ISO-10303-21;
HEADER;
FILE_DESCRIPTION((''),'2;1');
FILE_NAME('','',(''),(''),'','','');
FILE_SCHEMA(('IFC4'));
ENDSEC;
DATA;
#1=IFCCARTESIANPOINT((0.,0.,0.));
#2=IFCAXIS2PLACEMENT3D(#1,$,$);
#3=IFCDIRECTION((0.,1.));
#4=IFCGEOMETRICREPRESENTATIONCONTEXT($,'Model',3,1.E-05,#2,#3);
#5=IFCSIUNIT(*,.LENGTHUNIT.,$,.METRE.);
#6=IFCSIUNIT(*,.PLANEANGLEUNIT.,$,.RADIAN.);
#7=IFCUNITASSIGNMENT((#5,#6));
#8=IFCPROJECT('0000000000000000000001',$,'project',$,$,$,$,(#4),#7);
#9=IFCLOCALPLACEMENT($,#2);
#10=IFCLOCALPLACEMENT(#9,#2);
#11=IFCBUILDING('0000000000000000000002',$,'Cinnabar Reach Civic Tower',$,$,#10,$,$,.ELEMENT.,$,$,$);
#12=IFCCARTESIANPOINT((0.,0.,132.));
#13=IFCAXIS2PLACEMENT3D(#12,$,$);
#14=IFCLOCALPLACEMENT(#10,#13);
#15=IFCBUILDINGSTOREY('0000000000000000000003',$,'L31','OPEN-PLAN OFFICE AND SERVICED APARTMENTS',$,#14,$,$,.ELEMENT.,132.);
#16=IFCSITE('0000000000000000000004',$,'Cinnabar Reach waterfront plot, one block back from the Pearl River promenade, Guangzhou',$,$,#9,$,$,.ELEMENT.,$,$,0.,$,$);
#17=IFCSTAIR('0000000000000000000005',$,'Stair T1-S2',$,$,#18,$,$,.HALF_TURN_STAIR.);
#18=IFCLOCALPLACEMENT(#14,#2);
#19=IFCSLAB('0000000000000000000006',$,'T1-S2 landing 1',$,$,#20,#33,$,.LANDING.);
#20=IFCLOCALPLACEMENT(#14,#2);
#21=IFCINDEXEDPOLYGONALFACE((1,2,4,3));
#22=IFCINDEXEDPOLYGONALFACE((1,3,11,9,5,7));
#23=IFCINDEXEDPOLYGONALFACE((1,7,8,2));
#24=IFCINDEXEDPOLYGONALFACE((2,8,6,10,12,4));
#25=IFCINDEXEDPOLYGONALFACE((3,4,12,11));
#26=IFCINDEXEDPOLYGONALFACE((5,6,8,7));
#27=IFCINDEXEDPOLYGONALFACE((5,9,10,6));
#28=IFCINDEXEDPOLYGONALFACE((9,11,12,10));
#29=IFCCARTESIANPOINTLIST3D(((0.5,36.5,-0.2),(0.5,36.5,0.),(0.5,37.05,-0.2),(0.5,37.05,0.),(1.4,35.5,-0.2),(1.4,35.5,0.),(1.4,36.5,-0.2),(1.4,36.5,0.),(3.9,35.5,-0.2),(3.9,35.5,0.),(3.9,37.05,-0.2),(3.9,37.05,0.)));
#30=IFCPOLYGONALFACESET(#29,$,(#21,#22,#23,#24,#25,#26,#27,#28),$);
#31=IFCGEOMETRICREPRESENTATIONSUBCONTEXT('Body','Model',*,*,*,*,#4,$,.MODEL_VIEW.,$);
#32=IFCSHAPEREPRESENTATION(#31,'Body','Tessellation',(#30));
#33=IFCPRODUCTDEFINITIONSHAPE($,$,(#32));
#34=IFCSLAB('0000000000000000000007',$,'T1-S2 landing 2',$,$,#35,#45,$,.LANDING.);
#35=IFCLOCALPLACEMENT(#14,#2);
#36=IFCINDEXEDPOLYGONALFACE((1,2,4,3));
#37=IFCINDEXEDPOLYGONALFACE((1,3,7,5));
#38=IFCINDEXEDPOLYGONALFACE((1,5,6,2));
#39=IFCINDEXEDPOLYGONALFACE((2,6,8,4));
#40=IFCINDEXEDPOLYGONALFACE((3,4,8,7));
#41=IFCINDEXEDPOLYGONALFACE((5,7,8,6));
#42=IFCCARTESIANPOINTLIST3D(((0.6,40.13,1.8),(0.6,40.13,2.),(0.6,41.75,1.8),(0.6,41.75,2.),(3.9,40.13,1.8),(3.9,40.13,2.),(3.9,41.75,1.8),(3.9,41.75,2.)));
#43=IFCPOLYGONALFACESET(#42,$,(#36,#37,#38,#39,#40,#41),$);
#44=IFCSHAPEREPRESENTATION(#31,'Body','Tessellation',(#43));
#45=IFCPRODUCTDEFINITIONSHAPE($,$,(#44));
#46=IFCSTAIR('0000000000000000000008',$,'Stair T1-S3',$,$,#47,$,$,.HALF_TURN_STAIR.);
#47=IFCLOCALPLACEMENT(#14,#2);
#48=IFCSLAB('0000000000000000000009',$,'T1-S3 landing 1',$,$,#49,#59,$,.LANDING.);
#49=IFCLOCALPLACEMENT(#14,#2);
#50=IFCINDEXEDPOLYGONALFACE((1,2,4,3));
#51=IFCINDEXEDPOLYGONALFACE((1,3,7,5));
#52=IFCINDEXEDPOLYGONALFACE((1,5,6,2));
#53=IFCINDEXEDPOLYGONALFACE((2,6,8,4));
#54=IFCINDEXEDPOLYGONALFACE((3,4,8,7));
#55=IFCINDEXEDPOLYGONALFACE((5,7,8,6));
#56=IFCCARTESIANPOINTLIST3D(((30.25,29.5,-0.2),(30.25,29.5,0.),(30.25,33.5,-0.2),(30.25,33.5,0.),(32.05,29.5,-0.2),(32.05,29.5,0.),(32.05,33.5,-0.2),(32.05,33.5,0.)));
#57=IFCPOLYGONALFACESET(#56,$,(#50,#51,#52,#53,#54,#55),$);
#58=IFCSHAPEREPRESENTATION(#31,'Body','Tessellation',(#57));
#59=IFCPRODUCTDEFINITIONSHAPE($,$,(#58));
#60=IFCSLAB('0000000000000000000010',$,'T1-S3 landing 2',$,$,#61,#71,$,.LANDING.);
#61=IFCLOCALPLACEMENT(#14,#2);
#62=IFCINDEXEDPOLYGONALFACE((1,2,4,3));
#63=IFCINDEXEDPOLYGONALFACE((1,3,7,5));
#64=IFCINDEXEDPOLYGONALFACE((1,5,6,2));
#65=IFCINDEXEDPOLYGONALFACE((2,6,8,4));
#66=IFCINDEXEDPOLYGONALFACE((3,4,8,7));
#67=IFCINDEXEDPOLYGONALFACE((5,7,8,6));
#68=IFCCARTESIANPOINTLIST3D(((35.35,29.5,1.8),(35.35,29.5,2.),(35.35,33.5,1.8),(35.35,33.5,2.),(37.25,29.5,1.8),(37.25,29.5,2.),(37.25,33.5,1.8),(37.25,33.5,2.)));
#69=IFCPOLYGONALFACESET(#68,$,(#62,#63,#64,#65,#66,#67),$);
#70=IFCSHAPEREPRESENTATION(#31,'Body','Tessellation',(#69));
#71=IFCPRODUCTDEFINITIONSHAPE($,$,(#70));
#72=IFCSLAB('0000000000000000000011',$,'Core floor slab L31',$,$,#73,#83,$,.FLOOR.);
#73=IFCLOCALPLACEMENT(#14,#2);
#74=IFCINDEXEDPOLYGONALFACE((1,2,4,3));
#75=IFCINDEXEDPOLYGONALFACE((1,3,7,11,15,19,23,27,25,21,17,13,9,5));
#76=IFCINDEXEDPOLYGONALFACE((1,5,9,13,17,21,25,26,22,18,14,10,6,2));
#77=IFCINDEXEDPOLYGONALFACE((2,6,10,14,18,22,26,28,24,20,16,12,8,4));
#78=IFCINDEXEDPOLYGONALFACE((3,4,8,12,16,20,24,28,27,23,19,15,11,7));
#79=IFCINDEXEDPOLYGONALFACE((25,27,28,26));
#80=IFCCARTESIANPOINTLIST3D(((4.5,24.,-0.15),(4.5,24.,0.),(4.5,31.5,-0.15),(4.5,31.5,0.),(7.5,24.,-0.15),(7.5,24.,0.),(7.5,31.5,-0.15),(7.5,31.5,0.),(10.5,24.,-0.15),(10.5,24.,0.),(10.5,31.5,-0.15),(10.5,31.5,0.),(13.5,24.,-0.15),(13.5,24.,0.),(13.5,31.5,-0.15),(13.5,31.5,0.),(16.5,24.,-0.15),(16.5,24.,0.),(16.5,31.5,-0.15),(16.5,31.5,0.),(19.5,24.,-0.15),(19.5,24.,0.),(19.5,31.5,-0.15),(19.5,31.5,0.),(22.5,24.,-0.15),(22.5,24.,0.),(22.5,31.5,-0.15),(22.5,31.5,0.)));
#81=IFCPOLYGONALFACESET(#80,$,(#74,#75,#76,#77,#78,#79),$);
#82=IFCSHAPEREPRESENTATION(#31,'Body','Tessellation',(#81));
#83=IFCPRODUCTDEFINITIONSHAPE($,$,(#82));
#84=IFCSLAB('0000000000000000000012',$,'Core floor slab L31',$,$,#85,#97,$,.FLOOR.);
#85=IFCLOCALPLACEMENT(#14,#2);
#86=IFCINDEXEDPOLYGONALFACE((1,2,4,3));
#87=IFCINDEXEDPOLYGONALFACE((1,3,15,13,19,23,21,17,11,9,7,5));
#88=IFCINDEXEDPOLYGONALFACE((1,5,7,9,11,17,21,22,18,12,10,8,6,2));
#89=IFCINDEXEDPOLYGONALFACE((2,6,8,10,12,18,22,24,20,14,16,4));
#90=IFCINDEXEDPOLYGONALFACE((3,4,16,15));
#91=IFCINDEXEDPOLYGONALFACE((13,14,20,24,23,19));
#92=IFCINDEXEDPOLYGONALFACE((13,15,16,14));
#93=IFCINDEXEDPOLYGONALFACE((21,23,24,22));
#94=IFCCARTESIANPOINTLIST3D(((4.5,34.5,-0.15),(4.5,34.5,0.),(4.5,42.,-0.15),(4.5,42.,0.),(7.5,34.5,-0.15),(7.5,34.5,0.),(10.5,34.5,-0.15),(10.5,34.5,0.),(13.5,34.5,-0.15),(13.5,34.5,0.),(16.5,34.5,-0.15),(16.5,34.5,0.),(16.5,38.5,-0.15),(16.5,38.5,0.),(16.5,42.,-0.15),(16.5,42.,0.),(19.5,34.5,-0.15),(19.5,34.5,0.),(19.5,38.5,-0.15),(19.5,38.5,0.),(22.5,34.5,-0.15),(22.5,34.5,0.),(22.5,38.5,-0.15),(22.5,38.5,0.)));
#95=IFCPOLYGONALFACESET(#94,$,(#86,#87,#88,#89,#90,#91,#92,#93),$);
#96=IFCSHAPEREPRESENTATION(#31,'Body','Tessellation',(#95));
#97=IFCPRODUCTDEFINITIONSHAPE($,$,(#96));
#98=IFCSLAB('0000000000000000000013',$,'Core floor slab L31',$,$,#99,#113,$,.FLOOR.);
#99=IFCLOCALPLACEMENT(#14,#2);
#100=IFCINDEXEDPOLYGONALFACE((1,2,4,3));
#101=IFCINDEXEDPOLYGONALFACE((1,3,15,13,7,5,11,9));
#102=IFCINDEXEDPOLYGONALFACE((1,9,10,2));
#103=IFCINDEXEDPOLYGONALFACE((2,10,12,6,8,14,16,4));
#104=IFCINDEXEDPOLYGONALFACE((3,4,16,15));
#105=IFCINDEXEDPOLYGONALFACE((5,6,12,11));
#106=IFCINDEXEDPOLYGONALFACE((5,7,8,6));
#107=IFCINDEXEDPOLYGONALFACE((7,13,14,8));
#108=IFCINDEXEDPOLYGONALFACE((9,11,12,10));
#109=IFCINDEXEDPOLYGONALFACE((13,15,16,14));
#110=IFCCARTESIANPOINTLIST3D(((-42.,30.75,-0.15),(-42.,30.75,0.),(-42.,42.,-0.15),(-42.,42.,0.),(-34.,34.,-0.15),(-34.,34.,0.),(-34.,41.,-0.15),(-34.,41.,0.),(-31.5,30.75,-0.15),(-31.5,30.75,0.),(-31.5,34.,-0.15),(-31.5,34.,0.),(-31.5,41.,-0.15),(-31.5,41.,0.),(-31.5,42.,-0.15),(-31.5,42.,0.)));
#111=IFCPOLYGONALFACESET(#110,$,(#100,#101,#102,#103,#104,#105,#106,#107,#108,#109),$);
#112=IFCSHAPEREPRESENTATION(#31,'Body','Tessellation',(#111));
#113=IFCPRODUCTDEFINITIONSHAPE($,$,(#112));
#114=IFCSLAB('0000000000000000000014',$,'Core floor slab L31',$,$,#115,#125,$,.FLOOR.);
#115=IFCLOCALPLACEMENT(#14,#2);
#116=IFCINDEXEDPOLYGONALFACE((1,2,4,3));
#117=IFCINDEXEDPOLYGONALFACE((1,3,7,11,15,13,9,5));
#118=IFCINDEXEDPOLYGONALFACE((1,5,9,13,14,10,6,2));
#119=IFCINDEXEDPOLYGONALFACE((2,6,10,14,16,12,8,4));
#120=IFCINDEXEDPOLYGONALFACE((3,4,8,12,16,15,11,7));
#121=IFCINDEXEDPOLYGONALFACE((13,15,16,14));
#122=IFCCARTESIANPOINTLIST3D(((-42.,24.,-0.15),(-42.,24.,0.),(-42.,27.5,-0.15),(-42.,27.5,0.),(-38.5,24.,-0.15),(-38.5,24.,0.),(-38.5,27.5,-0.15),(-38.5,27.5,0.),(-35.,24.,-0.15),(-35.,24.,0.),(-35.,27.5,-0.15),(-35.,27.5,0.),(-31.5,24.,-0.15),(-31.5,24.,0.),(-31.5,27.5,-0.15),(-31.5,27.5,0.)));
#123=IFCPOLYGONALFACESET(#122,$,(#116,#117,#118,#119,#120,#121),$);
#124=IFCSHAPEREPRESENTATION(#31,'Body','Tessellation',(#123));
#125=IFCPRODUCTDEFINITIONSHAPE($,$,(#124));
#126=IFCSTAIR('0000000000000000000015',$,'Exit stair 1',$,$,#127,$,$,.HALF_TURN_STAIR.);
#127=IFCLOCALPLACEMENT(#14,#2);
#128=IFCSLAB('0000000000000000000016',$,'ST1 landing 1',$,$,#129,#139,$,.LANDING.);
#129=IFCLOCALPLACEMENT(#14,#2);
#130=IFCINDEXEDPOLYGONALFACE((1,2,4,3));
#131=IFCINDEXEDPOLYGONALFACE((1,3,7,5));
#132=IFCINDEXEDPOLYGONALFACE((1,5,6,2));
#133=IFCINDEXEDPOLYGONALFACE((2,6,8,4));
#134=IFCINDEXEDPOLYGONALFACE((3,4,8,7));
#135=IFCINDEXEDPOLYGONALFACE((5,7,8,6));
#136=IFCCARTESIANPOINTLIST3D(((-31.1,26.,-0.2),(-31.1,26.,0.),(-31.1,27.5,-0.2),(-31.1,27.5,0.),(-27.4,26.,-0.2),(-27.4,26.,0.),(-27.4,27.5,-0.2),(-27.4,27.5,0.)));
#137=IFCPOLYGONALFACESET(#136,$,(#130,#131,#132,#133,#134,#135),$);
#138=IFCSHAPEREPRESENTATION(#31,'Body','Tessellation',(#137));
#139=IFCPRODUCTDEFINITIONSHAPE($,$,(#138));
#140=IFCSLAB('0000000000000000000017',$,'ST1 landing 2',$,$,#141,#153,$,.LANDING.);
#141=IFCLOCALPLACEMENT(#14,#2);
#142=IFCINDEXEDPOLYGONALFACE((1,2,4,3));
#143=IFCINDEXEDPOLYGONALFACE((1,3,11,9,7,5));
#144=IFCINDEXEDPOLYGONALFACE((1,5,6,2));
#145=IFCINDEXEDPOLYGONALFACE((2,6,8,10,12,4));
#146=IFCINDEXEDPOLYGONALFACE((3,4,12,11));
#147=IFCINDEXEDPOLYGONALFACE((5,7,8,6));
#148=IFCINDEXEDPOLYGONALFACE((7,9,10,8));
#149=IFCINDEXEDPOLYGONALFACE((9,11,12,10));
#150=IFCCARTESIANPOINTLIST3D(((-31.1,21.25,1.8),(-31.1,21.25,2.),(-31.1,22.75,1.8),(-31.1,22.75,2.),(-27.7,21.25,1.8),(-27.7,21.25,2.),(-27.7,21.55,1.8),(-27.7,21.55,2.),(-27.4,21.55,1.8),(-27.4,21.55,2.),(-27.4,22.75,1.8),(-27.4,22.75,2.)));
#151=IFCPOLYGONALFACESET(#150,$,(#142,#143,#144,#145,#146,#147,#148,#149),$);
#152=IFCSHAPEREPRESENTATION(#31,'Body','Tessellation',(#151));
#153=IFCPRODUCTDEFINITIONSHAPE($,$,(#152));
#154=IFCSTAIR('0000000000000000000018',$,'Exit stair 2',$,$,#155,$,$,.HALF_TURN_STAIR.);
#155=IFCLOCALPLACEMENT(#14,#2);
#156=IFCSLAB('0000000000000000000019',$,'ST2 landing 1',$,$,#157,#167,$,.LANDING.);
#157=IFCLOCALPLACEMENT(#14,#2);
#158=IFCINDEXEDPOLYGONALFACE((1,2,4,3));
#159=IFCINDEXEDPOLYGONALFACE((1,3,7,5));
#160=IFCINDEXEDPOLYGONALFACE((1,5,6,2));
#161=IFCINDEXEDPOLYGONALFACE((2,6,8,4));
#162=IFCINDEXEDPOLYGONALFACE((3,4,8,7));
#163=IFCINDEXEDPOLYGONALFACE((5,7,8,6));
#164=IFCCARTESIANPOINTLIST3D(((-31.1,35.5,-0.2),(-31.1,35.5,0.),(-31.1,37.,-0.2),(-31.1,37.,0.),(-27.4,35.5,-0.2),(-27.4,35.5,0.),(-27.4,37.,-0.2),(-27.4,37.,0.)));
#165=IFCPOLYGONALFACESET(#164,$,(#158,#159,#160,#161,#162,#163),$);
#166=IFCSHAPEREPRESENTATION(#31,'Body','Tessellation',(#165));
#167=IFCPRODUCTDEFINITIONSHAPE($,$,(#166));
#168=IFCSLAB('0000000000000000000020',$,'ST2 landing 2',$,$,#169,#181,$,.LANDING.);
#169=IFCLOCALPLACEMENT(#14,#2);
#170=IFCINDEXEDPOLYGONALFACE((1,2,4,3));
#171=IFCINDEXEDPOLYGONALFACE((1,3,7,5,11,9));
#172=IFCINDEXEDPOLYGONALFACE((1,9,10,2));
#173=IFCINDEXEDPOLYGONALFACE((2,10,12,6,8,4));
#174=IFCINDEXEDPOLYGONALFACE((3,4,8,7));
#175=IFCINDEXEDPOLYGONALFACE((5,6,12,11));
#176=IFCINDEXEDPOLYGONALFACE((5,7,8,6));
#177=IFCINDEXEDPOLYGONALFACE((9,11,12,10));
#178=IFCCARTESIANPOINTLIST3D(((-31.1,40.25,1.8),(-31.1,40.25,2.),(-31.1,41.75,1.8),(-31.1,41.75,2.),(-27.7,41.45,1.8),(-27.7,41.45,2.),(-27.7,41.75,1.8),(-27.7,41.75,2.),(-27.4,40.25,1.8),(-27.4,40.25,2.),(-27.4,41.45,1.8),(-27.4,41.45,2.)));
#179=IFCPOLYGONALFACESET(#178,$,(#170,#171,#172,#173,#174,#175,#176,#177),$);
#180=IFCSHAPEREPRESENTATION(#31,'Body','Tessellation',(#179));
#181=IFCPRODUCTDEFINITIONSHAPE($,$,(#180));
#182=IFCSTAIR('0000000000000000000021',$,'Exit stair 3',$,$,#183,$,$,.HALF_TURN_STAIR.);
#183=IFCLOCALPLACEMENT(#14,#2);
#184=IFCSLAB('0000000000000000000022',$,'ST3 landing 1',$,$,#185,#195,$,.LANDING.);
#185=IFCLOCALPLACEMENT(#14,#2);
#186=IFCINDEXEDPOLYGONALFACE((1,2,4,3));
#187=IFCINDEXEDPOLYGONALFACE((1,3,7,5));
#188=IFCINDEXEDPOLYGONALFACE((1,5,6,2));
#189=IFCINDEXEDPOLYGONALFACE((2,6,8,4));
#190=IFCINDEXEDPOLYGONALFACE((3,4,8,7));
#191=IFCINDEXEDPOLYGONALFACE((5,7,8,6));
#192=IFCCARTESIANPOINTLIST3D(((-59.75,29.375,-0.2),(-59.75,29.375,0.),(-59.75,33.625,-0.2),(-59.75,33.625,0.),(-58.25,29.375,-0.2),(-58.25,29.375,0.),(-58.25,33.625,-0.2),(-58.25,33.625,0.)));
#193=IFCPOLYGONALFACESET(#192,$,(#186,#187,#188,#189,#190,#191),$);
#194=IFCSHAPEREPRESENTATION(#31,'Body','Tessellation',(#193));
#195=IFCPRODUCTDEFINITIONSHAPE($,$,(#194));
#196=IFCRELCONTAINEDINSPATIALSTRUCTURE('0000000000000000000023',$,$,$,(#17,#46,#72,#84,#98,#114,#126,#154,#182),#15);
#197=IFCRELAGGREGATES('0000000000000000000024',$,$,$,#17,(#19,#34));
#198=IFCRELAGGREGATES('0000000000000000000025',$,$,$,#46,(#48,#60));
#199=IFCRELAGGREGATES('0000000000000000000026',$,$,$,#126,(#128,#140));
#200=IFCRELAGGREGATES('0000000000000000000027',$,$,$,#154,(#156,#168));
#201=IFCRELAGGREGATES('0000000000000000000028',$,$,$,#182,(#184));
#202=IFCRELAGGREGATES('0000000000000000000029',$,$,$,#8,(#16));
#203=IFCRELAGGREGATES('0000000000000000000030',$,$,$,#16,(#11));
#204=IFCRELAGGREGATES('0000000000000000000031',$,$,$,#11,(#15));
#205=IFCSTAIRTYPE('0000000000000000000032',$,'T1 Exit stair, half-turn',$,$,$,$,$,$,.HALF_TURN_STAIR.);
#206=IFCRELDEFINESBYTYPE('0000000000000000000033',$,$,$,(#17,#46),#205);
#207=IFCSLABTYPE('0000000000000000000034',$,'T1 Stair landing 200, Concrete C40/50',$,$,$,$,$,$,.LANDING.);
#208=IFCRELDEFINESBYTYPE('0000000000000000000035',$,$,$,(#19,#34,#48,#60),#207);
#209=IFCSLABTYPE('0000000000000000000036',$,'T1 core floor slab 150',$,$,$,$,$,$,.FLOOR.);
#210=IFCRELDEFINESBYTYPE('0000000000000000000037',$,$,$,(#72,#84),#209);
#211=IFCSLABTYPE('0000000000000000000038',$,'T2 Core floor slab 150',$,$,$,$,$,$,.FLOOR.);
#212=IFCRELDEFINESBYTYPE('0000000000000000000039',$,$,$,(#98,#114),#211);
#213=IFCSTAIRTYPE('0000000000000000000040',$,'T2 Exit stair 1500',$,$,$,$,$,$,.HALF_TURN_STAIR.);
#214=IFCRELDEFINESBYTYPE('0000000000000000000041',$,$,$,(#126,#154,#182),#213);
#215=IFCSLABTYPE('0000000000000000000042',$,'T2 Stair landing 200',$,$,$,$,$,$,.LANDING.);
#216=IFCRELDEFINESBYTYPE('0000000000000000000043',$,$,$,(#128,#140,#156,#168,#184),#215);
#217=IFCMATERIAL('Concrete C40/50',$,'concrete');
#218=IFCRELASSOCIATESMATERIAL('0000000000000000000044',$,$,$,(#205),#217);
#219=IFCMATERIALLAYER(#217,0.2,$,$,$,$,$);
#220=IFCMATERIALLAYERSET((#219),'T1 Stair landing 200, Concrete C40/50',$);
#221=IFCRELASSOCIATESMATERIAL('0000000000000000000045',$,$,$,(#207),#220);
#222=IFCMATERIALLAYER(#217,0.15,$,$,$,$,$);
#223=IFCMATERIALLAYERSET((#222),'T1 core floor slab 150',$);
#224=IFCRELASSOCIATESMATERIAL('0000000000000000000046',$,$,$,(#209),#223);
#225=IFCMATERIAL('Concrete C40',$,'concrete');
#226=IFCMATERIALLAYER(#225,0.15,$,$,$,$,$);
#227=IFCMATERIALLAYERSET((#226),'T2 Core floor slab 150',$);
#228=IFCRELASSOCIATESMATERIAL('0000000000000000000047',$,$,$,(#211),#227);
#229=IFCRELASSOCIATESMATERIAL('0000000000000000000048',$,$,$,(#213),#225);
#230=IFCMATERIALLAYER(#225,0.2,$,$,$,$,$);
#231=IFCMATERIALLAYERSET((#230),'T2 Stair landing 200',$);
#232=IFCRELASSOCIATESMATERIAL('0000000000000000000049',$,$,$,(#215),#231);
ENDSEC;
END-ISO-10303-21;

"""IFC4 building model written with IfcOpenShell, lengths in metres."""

from ifc_helpers import new_model, si_unit, direction, frame, origin, place, context, subcontext, project, spatial, polyline, outline, extrude, material, layer, layer_set, type_object, element, aggregate, save


model = new_model("IFC4")

# Units and contexts
model_context = context("Model", 3, precision=1e-05, world=origin(), true_north=direction((0.0, 1.0)))
body_context = subcontext(model_context, "Body", "Model", "MODEL_VIEW")
ifc_project = project(units=[si_unit("LENGTHUNIT", "METRE"), si_unit("PLANEANGLEUNIT", "RADIAN")], contexts=[model_context])

# Site, building, storey
site_placement = place(None, origin())
site = spatial("IfcSite", under=ifc_project, at=site_placement, Name="Cinnabar Reach waterfront plot, one block back from the Pearl River promenade, Guangzhou", CompositionType="ELEMENT", RefElevation=0.0)
building_placement = place(site_placement, origin())
building = spatial("IfcBuilding", under=site, at=building_placement, Name="Cinnabar Reach Civic Tower", CompositionType="ELEMENT")
storey_placement = place(building_placement, frame((0.0, 0.0, 132.0)))
storey = spatial("IfcBuildingStorey", under=building, at=storey_placement, Name="L31", Description="OPEN-PLAN OFFICE AND SERVICED APARTMENTS", CompositionType="ELEMENT", Elevation=132.0)

# Shared definitions
ifc_material_1 = material(Name="Concrete C40", Category="concrete")

# Stairs, slabs
ifc_material_2 = material(Name="Concrete C40/50", Category="concrete")
stair_type_1 = type_object("IfcStairType", Name="T1 Exit stair, half-turn", PredefinedType="HALF_TURN_STAIR", material=ifc_material_2)
ifc_layer_1 = layer(ifc_material_2, 0.2)
ifc_layer_set_1 = layer_set([ifc_layer_1], Name="T1 Stair landing 200, Concrete C40/50")
slab_type_1 = type_object("IfcSlabType", Name="T1 Stair landing 200, Concrete C40/50", PredefinedType="LANDING", material=ifc_layer_set_1)
stair_1_placement = place(storey_placement, origin())
stair_1 = element("IfcStair", 1, at=stair_1_placement, inside=storey, type_object=stair_type_1, Name="Stair T1-S2", PredefinedType="HALF_TURN_STAIR")
slab_1_placement = place(storey_placement, frame((0.0, 0.0, -0.2)))
slab_1 = element("IfcSlab", 2, at=slab_1_placement, type_object=slab_type_1, Name="T1-S2 landing 1", PredefinedType="LANDING", context=body_context, shape_type="SweptSolid", body=[
    extrude(outline(polyline([(0.5, 37.05), (3.9, 37.05), (3.9, 35.5), (1.4, 35.5), (1.4, 36.5), (0.5, 36.5), (0.5, 37.05)])), origin(), (0.0, 0.0, 1.0), 0.2),
])
slab_2_placement = place(storey_placement, frame((0.0, 0.0, 1.8)))
slab_2 = element("IfcSlab", 3, at=slab_2_placement, type_object=slab_type_1, Name="T1-S2 landing 2", PredefinedType="LANDING", context=body_context, shape_type="SweptSolid", body=[
    extrude(outline(polyline([(0.6, 40.13), (0.6, 41.75), (3.9, 41.75), (3.9, 40.13), (0.6, 40.13)])), origin(), (0.0, 0.0, 1.0), 0.2),
])
aggregate(stair_1, [slab_1, slab_2])
stair_2_placement = place(storey_placement, origin())
stair_2 = element("IfcStair", 4, at=stair_2_placement, inside=storey, type_object=stair_type_1, Name="Stair T1-S3", PredefinedType="HALF_TURN_STAIR")
slab_3_placement = place(storey_placement, frame((0.0, 0.0, -0.2)))
slab_3 = element("IfcSlab", 5, at=slab_3_placement, type_object=slab_type_1, Name="T1-S3 landing 1", PredefinedType="LANDING", context=body_context, shape_type="SweptSolid", body=[
    extrude(outline(polyline([(30.25, 29.5), (32.05, 29.5), (32.05, 33.5), (30.25, 33.5), (30.25, 29.5)])), origin(), (0.0, 0.0, 1.0), 0.2),
])
slab_4_placement = place(storey_placement, frame((0.0, 0.0, 1.8)))
slab_4 = element("IfcSlab", 6, at=slab_4_placement, type_object=slab_type_1, Name="T1-S3 landing 2", PredefinedType="LANDING", context=body_context, shape_type="SweptSolid", body=[
    extrude(outline(polyline([(35.35, 29.5), (37.25, 29.5), (37.25, 33.5), (35.35, 33.5), (35.35, 29.5)])), origin(), (0.0, 0.0, 1.0), 0.2),
])
aggregate(stair_2, [slab_3, slab_4])

# Slabs
ifc_layer_2 = layer(ifc_material_2, 0.15)
ifc_layer_set_2 = layer_set([ifc_layer_2], Name="T1 core floor slab 150")
slab_type_2 = type_object("IfcSlabType", Name="T1 core floor slab 150", PredefinedType="FLOOR", material=ifc_layer_set_2)
slab_5_placement = place(storey_placement, frame((0.0, 0.0, -0.15)))
element("IfcSlab", 7, at=slab_5_placement, inside=storey, type_object=slab_type_2, Name="Core floor slab L31", PredefinedType="FLOOR", context=body_context, shape_type="SweptSolid", body=[
    extrude(outline(polyline([(22.5, 24.0), (19.5, 24.0), (16.5, 24.0), (13.5, 24.0), (10.5, 24.0), (7.5, 24.0), (4.5, 24.0), (4.5, 31.5), (7.5, 31.5), (10.5, 31.5), (13.5, 31.5), (16.5, 31.5), (19.5, 31.5), (22.5, 31.5), (22.5, 24.0)])), origin(), (0.0, 0.0, 1.0), 0.15),
])
slab_6_placement = place(storey_placement, frame((0.0, 0.0, -0.15)))
element("IfcSlab", 8, at=slab_6_placement, inside=storey, type_object=slab_type_2, Name="Core floor slab L31", PredefinedType="FLOOR", context=body_context, shape_type="SweptSolid", body=[
    extrude(outline(polyline([(22.5, 34.5), (19.5, 34.5), (16.5, 34.5), (13.5, 34.5), (10.5, 34.5), (7.5, 34.5), (4.5, 34.5), (4.5, 42.0), (16.5, 42.0), (16.5, 38.5), (19.5, 38.5), (22.5, 38.5), (22.5, 34.5)])), origin(), (0.0, 0.0, 1.0), 0.15),
])
ifc_layer_3 = layer(ifc_material_1, 0.15)
ifc_layer_set_3 = layer_set([ifc_layer_3], Name="T2 Core floor slab 150")
slab_type_3 = type_object("IfcSlabType", Name="T2 Core floor slab 150", PredefinedType="FLOOR", material=ifc_layer_set_3)
slab_7_placement = place(storey_placement, frame((0.0, 0.0, -0.15)))
element("IfcSlab", 9, at=slab_7_placement, inside=storey, type_object=slab_type_3, Name="Core floor slab L31", PredefinedType="FLOOR", context=body_context, shape_type="SweptSolid", body=[
    extrude(outline(polyline([(-42.0, 42.0), (-31.5, 42.0), (-31.5, 41.0), (-34.0, 41.0), (-34.0, 34.0), (-31.5, 34.0), (-31.5, 30.75), (-42.0, 30.75), (-42.0, 42.0)])), origin(), (0.0, 0.0, 1.0), 0.15),
])
slab_8_placement = place(storey_placement, frame((0.0, 0.0, -0.15)))
element("IfcSlab", 10, at=slab_8_placement, inside=storey, type_object=slab_type_3, Name="Core floor slab L31", PredefinedType="FLOOR", context=body_context, shape_type="SweptSolid", body=[
    extrude(outline(polyline([(-35.0, 24.0), (-38.5, 24.0), (-42.0, 24.0), (-42.0, 27.5), (-38.5, 27.5), (-35.0, 27.5), (-31.5, 27.5), (-31.5, 24.0), (-35.0, 24.0)])), origin(), (0.0, 0.0, 1.0), 0.15),
])

# Stairs, slabs
stair_type_2 = type_object("IfcStairType", Name="T2 Exit stair 1500", PredefinedType="HALF_TURN_STAIR", material=ifc_material_1)
stair_3_placement = place(storey_placement, origin())
stair_3 = element("IfcStair", 11, at=stair_3_placement, inside=storey, type_object=stair_type_2, Name="Exit stair 1", PredefinedType="HALF_TURN_STAIR")
ifc_layer_4 = layer(ifc_material_1, 0.2)
ifc_layer_set_4 = layer_set([ifc_layer_4], Name="T2 Stair landing 200")
slab_type_4 = type_object("IfcSlabType", Name="T2 Stair landing 200", PredefinedType="LANDING", material=ifc_layer_set_4)
slab_9_placement = place(storey_placement, frame((0.0, 0.0, -0.2)))
slab_9 = element("IfcSlab", 12, at=slab_9_placement, type_object=slab_type_4, Name="ST1 landing 1", PredefinedType="LANDING", context=body_context, shape_type="SweptSolid", body=[
    extrude(outline(polyline([(-31.1, 26.0), (-31.1, 27.5), (-27.4, 27.5), (-27.4, 26.0), (-31.1, 26.0)])), origin(), (0.0, 0.0, 1.0), 0.2),
])
slab_10_placement = place(storey_placement, frame((0.0, 0.0, 1.8)))
slab_10 = element("IfcSlab", 13, at=slab_10_placement, type_object=slab_type_4, Name="ST1 landing 2", PredefinedType="LANDING", context=body_context, shape_type="SweptSolid", body=[
    extrude(outline(polyline([(-31.1, 21.25), (-31.1, 22.75), (-27.4, 22.75), (-27.4, 21.55), (-27.7, 21.55), (-27.7, 21.25), (-31.1, 21.25)])), origin(), (0.0, 0.0, 1.0), 0.2),
])
aggregate(stair_3, [slab_9, slab_10])
stair_4_placement = place(storey_placement, origin())
stair_4 = element("IfcStair", 14, at=stair_4_placement, inside=storey, type_object=stair_type_2, Name="Exit stair 2", PredefinedType="HALF_TURN_STAIR")
slab_11_placement = place(storey_placement, frame((0.0, 0.0, -0.2)))
slab_11 = element("IfcSlab", 15, at=slab_11_placement, type_object=slab_type_4, Name="ST2 landing 1", PredefinedType="LANDING", context=body_context, shape_type="SweptSolid", body=[
    extrude(outline(polyline([(-31.1, 35.5), (-31.1, 37.0), (-27.4, 37.0), (-27.4, 35.5), (-31.1, 35.5)])), origin(), (0.0, 0.0, 1.0), 0.2),
])
slab_12_placement = place(storey_placement, frame((0.0, 0.0, 1.8)))
slab_12 = element("IfcSlab", 16, at=slab_12_placement, type_object=slab_type_4, Name="ST2 landing 2", PredefinedType="LANDING", context=body_context, shape_type="SweptSolid", body=[
    extrude(outline(polyline([(-27.4, 40.25), (-31.1, 40.25), (-31.1, 41.75), (-27.7, 41.75), (-27.7, 41.45), (-27.4, 41.45), (-27.4, 40.25)])), origin(), (0.0, 0.0, 1.0), 0.2),
])
aggregate(stair_4, [slab_11, slab_12])
stair_5_placement = place(storey_placement, origin())
stair_5 = element("IfcStair", 17, at=stair_5_placement, inside=storey, type_object=stair_type_2, Name="Exit stair 3", PredefinedType="HALF_TURN_STAIR")
slab_13_placement = place(storey_placement, frame((0.0, 0.0, -0.2)))
slab_13 = element("IfcSlab", 18, at=slab_13_placement, type_object=slab_type_4, Name="ST3 landing 1", PredefinedType="LANDING", context=body_context, shape_type="SweptSolid", body=[
    extrude(outline(polyline([(-59.75, 29.375), (-59.75, 33.625), (-58.25, 33.625), (-58.25, 29.375), (-59.75, 29.375)])), origin(), (0.0, 0.0, 1.0), 0.2),
])
aggregate(stair_5, [slab_13])

save(model, "model.ifc")
